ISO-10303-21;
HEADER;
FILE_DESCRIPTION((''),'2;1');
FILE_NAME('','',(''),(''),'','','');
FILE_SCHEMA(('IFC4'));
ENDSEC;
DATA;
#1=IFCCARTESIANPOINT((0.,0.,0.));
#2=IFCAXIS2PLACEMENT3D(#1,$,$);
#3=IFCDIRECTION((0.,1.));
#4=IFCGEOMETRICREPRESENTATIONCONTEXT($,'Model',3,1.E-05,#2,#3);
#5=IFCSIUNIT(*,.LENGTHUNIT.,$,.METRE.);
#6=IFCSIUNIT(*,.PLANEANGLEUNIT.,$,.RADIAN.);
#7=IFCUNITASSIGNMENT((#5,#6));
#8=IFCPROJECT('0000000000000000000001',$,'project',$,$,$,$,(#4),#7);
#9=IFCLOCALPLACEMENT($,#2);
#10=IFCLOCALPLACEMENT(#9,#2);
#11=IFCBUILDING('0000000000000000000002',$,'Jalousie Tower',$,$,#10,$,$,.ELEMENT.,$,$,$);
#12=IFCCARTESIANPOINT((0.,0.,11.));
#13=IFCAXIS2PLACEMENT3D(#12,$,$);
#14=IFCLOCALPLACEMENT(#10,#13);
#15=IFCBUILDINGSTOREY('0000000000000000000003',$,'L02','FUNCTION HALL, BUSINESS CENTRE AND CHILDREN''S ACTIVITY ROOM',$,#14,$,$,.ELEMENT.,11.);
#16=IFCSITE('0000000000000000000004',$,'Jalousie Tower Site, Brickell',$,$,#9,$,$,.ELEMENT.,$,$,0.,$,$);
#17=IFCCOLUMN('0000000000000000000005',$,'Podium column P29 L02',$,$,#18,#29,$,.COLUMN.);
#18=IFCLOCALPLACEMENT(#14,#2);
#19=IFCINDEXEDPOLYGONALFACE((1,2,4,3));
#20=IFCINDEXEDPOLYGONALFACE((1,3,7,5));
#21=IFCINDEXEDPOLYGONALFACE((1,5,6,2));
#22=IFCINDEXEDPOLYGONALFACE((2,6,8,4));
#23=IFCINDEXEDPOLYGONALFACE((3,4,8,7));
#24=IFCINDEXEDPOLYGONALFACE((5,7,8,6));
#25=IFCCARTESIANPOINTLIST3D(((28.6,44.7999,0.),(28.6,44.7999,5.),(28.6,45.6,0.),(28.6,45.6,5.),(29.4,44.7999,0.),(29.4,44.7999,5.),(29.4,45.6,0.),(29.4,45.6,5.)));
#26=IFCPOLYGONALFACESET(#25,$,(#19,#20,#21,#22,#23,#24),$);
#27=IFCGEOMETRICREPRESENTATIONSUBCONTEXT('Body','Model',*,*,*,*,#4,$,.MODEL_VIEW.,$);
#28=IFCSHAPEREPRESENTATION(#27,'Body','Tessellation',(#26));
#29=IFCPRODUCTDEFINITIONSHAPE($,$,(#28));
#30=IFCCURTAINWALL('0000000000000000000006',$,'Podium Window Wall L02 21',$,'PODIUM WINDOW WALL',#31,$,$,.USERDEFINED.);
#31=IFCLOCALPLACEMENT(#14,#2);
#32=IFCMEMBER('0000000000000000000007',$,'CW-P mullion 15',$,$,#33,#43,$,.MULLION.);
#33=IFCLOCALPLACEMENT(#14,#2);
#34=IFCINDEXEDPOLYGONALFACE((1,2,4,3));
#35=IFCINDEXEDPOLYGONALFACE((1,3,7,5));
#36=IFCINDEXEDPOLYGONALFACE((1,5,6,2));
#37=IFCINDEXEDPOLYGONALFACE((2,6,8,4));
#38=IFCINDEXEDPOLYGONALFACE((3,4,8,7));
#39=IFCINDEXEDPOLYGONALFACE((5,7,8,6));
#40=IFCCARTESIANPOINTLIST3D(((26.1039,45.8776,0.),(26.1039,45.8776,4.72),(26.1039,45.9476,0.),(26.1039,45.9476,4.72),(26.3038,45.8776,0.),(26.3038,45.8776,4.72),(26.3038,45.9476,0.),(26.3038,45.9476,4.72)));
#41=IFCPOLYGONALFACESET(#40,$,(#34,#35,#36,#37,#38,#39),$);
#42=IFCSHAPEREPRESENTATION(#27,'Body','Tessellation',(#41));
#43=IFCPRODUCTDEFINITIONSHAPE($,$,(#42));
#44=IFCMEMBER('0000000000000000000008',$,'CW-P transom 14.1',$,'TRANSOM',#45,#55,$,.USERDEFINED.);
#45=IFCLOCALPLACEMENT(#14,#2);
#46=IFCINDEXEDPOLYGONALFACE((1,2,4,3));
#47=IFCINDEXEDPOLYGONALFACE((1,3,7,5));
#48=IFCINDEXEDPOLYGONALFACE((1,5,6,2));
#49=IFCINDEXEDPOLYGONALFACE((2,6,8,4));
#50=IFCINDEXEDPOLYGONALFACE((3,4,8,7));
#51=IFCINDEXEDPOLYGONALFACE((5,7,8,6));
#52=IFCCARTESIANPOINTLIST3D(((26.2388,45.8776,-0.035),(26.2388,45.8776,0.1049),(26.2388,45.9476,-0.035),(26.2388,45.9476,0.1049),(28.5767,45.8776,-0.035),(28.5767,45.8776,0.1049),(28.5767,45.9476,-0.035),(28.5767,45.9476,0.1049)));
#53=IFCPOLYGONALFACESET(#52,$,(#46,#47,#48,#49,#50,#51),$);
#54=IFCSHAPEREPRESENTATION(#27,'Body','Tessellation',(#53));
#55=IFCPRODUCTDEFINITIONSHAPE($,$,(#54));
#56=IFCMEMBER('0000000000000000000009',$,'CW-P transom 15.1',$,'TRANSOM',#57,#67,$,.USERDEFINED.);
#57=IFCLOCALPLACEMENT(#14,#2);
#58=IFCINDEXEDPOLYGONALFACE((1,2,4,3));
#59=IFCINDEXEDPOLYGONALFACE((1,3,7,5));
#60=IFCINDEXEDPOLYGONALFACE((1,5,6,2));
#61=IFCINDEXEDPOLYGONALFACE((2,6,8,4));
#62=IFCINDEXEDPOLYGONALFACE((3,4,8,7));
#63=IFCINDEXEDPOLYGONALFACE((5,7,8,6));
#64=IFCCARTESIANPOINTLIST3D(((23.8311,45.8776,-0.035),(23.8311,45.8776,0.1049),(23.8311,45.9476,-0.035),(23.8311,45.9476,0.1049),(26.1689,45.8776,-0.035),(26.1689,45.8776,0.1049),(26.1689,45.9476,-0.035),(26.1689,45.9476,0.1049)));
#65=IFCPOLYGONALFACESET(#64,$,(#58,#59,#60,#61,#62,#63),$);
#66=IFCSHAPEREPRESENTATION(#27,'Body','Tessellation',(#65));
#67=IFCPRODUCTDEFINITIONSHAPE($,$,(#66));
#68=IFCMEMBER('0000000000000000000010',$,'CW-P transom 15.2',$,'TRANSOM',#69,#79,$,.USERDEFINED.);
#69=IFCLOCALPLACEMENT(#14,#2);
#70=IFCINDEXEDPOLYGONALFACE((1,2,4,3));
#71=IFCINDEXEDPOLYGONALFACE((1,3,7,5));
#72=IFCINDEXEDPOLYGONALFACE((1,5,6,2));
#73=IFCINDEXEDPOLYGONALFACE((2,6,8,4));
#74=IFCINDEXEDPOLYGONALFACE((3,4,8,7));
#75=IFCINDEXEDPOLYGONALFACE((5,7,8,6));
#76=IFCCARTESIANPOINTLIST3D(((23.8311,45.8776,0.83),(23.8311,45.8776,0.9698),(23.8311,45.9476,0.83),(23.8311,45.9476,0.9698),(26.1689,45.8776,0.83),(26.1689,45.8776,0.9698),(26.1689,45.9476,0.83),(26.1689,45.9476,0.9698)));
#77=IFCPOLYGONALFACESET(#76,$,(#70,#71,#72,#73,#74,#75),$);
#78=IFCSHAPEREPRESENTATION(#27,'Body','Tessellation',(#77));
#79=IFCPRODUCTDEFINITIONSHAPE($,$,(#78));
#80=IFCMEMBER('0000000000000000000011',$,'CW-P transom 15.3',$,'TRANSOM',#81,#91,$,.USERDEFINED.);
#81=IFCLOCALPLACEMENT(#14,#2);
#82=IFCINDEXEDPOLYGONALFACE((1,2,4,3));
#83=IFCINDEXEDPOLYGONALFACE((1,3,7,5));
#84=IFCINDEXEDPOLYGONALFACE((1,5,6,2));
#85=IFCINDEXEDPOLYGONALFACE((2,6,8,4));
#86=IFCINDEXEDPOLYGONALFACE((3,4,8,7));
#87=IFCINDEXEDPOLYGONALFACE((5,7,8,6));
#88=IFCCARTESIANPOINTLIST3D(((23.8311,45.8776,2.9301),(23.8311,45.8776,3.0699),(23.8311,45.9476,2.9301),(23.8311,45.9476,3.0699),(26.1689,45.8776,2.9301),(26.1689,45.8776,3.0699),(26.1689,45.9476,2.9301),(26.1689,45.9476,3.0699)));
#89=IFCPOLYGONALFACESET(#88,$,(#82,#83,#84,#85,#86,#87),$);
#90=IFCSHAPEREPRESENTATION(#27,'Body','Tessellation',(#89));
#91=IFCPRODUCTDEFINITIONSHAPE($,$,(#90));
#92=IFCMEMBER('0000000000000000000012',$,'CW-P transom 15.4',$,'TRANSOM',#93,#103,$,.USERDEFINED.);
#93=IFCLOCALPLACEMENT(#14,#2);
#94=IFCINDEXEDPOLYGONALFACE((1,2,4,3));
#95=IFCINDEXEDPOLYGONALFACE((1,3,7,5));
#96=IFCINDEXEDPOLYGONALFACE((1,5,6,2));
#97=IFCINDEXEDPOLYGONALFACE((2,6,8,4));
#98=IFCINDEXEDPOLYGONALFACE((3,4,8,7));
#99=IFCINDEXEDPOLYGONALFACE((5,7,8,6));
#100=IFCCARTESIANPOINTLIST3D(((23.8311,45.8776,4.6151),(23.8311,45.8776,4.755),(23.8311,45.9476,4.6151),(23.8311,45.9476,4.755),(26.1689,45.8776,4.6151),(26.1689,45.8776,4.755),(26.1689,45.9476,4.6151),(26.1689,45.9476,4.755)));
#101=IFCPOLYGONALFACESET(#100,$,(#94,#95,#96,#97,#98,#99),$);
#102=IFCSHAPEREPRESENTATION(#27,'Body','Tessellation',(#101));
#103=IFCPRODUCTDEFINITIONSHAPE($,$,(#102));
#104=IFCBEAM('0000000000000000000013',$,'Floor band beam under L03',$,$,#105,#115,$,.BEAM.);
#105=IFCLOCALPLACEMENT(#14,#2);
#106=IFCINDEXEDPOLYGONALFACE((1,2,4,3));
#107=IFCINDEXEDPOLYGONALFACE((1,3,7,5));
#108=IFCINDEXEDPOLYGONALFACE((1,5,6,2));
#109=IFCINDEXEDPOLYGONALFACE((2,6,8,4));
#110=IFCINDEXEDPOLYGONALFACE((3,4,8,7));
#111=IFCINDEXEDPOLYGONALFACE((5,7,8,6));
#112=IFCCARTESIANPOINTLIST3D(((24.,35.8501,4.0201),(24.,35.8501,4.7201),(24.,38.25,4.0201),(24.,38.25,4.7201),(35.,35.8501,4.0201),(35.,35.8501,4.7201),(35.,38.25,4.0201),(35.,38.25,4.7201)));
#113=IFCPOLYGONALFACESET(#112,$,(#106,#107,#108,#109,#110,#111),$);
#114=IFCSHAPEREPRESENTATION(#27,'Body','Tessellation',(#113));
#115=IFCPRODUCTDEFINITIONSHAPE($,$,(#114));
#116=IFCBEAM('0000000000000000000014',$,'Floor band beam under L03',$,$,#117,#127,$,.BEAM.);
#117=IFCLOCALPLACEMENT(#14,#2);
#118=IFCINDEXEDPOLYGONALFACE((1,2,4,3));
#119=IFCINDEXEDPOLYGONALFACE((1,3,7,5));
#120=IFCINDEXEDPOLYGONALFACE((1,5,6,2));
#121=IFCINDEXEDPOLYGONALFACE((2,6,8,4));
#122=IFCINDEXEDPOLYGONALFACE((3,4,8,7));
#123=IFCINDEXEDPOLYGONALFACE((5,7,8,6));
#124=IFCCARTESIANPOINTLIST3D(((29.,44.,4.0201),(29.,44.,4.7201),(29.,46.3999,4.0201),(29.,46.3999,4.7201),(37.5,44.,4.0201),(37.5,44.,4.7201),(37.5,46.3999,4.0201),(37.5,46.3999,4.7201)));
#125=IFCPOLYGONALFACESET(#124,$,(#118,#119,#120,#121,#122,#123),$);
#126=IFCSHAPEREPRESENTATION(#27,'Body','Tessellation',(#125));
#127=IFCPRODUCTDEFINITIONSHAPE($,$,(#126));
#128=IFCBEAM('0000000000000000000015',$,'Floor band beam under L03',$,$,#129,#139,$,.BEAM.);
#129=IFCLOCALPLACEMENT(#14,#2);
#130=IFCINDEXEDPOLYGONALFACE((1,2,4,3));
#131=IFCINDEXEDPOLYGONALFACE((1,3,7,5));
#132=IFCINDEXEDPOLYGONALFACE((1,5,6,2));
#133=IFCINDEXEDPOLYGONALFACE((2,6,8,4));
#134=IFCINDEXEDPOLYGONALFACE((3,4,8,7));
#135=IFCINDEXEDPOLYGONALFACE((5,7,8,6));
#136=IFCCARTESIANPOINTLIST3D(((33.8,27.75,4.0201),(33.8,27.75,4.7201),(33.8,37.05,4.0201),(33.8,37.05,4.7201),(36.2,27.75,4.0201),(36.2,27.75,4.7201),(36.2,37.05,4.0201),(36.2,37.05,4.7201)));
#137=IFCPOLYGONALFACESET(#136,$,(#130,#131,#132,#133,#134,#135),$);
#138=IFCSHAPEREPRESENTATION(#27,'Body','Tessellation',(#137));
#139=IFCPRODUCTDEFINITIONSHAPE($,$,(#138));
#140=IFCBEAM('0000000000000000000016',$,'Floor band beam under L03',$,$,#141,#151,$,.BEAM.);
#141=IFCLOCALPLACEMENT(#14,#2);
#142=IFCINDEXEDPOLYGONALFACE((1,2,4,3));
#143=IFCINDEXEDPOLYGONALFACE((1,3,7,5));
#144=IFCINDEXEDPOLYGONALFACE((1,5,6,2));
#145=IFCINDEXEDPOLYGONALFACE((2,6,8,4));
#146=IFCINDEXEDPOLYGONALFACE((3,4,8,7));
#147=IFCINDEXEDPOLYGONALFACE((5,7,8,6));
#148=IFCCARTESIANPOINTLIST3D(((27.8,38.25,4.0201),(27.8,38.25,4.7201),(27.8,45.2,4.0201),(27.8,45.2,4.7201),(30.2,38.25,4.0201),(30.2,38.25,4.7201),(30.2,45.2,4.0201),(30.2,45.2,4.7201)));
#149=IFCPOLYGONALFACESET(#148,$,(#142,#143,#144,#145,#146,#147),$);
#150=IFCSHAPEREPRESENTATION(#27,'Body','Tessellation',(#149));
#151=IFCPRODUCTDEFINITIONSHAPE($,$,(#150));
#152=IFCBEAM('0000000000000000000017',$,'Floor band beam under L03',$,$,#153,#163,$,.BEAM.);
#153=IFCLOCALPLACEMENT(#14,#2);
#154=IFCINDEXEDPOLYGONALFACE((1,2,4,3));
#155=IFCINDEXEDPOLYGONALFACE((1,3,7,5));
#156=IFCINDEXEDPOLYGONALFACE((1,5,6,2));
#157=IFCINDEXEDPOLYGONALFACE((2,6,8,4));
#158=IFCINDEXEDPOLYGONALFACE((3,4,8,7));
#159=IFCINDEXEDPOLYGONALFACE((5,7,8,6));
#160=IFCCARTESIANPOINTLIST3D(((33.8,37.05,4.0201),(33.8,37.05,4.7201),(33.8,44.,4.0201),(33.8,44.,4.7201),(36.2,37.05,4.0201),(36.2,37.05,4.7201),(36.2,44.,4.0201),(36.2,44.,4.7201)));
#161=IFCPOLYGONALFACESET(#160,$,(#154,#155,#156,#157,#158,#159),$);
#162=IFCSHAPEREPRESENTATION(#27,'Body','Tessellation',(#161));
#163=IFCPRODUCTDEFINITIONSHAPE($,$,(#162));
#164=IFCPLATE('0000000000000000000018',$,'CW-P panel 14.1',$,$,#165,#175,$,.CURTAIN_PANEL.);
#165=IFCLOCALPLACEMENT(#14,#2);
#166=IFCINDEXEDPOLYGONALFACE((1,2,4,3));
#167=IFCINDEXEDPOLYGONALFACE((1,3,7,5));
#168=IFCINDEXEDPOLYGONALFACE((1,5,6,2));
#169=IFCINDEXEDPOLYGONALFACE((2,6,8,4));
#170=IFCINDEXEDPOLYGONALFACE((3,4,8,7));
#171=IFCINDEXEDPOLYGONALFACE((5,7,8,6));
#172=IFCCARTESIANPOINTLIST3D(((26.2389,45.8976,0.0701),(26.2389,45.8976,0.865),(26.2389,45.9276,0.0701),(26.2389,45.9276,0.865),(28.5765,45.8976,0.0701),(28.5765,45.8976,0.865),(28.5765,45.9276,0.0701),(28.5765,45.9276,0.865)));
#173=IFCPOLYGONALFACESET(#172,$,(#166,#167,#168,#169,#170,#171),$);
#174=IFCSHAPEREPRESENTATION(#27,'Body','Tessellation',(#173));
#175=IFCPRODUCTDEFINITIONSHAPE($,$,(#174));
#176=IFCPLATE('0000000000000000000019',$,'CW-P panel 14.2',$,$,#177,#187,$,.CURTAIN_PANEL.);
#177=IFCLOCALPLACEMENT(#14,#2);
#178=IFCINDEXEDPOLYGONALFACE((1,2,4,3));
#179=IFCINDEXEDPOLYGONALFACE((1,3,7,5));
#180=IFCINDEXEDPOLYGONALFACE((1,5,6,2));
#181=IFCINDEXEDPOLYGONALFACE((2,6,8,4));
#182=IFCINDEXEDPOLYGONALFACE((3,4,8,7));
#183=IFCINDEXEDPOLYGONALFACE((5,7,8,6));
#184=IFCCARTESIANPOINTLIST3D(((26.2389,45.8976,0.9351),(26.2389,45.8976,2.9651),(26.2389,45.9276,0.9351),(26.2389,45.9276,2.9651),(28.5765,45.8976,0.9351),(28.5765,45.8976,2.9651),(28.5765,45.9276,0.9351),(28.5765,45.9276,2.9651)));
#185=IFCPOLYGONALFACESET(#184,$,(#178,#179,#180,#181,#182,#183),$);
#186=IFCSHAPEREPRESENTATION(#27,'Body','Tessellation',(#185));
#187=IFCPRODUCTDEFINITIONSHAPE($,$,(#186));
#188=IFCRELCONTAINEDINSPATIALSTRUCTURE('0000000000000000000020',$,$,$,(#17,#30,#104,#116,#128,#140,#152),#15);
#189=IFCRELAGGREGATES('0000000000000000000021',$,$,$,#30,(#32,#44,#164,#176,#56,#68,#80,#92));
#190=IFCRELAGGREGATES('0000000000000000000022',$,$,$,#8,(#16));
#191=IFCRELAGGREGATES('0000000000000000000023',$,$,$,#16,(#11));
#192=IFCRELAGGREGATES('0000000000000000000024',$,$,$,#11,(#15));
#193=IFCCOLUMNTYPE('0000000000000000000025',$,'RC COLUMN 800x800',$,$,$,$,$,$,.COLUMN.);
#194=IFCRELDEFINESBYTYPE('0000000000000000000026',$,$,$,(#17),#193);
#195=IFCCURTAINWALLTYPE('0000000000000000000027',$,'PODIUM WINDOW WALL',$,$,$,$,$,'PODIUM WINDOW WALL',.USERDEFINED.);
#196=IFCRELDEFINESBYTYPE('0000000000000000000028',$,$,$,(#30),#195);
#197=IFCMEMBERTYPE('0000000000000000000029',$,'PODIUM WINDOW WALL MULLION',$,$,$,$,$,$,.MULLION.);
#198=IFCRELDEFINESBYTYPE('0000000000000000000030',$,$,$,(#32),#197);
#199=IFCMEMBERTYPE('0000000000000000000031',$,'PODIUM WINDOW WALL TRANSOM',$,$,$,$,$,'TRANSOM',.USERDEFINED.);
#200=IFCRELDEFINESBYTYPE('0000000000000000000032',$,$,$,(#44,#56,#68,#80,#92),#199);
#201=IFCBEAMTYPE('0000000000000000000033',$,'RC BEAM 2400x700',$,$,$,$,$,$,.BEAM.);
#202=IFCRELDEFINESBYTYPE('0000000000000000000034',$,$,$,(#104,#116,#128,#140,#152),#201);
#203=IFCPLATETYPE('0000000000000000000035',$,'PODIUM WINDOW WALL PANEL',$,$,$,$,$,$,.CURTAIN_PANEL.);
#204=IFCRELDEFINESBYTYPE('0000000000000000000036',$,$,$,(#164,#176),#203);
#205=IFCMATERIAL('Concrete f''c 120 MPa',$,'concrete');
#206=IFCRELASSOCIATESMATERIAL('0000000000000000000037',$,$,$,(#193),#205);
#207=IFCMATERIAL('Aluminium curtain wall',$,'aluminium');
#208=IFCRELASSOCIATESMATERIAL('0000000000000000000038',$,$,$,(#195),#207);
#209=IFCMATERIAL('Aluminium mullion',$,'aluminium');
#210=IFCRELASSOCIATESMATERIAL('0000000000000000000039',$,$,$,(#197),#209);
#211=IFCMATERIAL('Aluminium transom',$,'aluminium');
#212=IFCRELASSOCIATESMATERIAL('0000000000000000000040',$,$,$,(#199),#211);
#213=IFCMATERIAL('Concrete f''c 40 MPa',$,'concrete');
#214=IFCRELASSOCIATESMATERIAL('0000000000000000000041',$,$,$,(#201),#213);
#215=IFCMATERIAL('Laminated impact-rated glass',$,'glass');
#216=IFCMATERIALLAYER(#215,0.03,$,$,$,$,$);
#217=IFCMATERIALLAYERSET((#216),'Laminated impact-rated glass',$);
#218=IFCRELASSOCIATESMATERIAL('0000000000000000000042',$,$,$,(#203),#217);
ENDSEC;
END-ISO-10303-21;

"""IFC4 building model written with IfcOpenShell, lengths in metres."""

from ifc_helpers import new_model, si_unit, direction, frame, origin, origin_2d, place, context, subcontext, project, spatial, rectangle, extrude, material, layer, layer_set, material_profile, profile_set, type_object, element, aggregate, save


model = new_model("IFC4")

# Units and contexts
model_context = context("Model", 3, precision=1e-05, world=origin(), true_north=direction((0.0, 1.0)))
body_context = subcontext(model_context, "Body", "Model", "MODEL_VIEW")
ifc_project = project(units=[si_unit("LENGTHUNIT", "METRE"), si_unit("PLANEANGLEUNIT", "RADIAN")], contexts=[model_context])

# Site, building, storey
site_placement = place(None, origin())
site = spatial("IfcSite", under=ifc_project, at=site_placement, Name="Jalousie Tower Site, Brickell", CompositionType="ELEMENT", RefElevation=0.0)
building_placement = place(site_placement, origin())
building = spatial("IfcBuilding", under=site, at=building_placement, Name="Jalousie Tower", CompositionType="ELEMENT")
storey_placement = place(building_placement, frame((0.0, 0.0, 11.0)))
storey = spatial("IfcBuildingStorey", under=building, at=storey_placement, Name="L02", Description="FUNCTION HALL, BUSINESS CENTRE AND CHILDREN'S ACTIVITY ROOM", CompositionType="ELEMENT", Elevation=11.0)

# Column
ifc_material_1 = material(Name="Concrete f'c 120 MPa", Category="concrete")
ifc_material_profile_1 = material_profile(ifc_material_1, rectangle(XDim=0.8, YDim=0.8, at=origin_2d()), Name="RC 800x800")
ifc_profile_set_1 = profile_set([ifc_material_profile_1], Name="Concrete f'c 120 MPa")
column_type = type_object("IfcColumnType", Name="RC COLUMN 800x800", PredefinedType="COLUMN", material=ifc_profile_set_1)
column_placement = place(storey_placement, frame((29.0, 45.2, 0.0), z_axis=(0.0, 0.0, 1.0), x_axis=(1.0, 0.0, 0.0)))
element("IfcColumn", 1, at=column_placement, inside=storey, type_object=column_type, Name="Podium column P29 L02", PredefinedType="COLUMN", context=body_context, shape_type="SweptSolid", body=[
    extrude(rectangle(XDim=0.8, YDim=0.8, at=origin_2d()), origin(), (0.0, 0.0, 1.0), 5.0),
])

# Curtain wall, members
ifc_material_2 = material(Name="Aluminium curtain wall", Category="aluminium")
curtain_wall_type = type_object("IfcCurtainWallType", Name="PODIUM WINDOW WALL", ElementType="PODIUM WINDOW WALL", PredefinedType="USERDEFINED", material=ifc_material_2)
curtain_wall_placement = place(storey_placement, origin())
curtain_wall = element("IfcCurtainWall", 2, at=curtain_wall_placement, inside=storey, type_object=curtain_wall_type, Name="Podium Window Wall L02 21", ObjectType="PODIUM WINDOW WALL", PredefinedType="USERDEFINED")
ifc_material_3 = material(Name="Aluminium mullion", Category="aluminium")
ifc_material_profile_2 = material_profile(ifc_material_3, rectangle(XDim=0.0701, YDim=0.2, at=origin_2d()), Name="MULLION 70x200")
ifc_profile_set_2 = profile_set([ifc_material_profile_2], Name="Aluminium mullion")
member_type_1 = type_object("IfcMemberType", Name="PODIUM WINDOW WALL MULLION", PredefinedType="MULLION", material=ifc_profile_set_2)
member_1_placement = place(storey_placement, frame((26.2039, 45.9126, 0.0), z_axis=(0.0, 0.0, 1.0), x_axis=(0.0, -1.0, 0.0)))
member_1 = element("IfcMember", 3, at=member_1_placement, type_object=member_type_1, Name="CW-P mullion 15", PredefinedType="MULLION", context=body_context, shape_type="SweptSolid", body=[
    extrude(rectangle(XDim=0.0701, YDim=0.2, at=origin_2d()), origin(), (0.0, 0.0, 1.0), 4.72),
])
ifc_material_4 = material(Name="Aluminium transom", Category="aluminium")
ifc_material_profile_3 = material_profile(ifc_material_4, rectangle(XDim=0.0701, YDim=0.1399, at=origin_2d()), Name="TRANSOM 70x140")
ifc_profile_set_3 = profile_set([ifc_material_profile_3], Name="Aluminium transom")
member_type_2 = type_object("IfcMemberType", Name="PODIUM WINDOW WALL TRANSOM", ElementType="TRANSOM", PredefinedType="USERDEFINED", material=ifc_profile_set_3)
member_2_placement = place(storey_placement, frame((28.5767, 45.9126, 0.0349), z_axis=(-1.0, 0.0, 0.0), x_axis=(0.0, -1.0, 0.0)))
member_2 = element("IfcMember", 4, at=member_2_placement, type_object=member_type_2, Name="CW-P transom 14.1", ObjectType="TRANSOM", PredefinedType="USERDEFINED", context=body_context, shape_type="SweptSolid", body=[
    extrude(rectangle(XDim=0.0701, YDim=0.1399, at=origin_2d()), origin(), (0.0, 0.0, 1.0), 2.3379),
])
member_3_placement = place(storey_placement, frame((26.1689, 45.9126, 0.0349), z_axis=(-1.0, 0.0, 0.0), x_axis=(0.0, -1.0, 0.0)))
member_3 = element("IfcMember", 5, at=member_3_placement, type_object=member_type_2, Name="CW-P transom 15.1", ObjectType="TRANSOM", PredefinedType="USERDEFINED", context=body_context, shape_type="SweptSolid", body=[
    extrude(rectangle(XDim=0.0701, YDim=0.1399, at=origin_2d()), origin(), (0.0, 0.0, 1.0), 2.3379),
])
member_4_placement = place(storey_placement, frame((26.1689, 45.9126, 0.8999), z_axis=(-1.0, 0.0, 0.0), x_axis=(0.0, -1.0, 0.0)))
member_4 = element("IfcMember", 6, at=member_4_placement, type_object=member_type_2, Name="CW-P transom 15.2", ObjectType="TRANSOM", PredefinedType="USERDEFINED", context=body_context, shape_type="SweptSolid", body=[
    extrude(rectangle(XDim=0.0701, YDim=0.1399, at=origin_2d()), origin(), (0.0, 0.0, 1.0), 2.3379),
])
member_5_placement = place(storey_placement, frame((26.1689, 45.9126, 3.0), z_axis=(-1.0, 0.0, 0.0), x_axis=(0.0, -1.0, 0.0)))
member_5 = element("IfcMember", 7, at=member_5_placement, type_object=member_type_2, Name="CW-P transom 15.3", ObjectType="TRANSOM", PredefinedType="USERDEFINED", context=body_context, shape_type="SweptSolid", body=[
    extrude(rectangle(XDim=0.0701, YDim=0.1399, at=origin_2d()), origin(), (0.0, 0.0, 1.0), 2.3379),
])
member_6_placement = place(storey_placement, frame((26.1689, 45.9126, 4.6851), z_axis=(-1.0, 0.0, 0.0), x_axis=(0.0, -1.0, 0.0)))
member_6 = element("IfcMember", 8, at=member_6_placement, type_object=member_type_2, Name="CW-P transom 15.4", ObjectType="TRANSOM", PredefinedType="USERDEFINED", context=body_context, shape_type="SweptSolid", body=[
    extrude(rectangle(XDim=0.0701, YDim=0.1399, at=origin_2d()), origin(), (0.0, 0.0, 1.0), 2.3379),
])

# Beams
ifc_material_5 = material(Name="Concrete f'c 40 MPa", Category="concrete")
ifc_material_profile_4 = material_profile(ifc_material_5, rectangle(XDim=2.3999, YDim=0.7, at=origin_2d()), Name="RC 2400x700")
ifc_profile_set_4 = profile_set([ifc_material_profile_4], Name="Concrete f'c 40 MPa")
beam_type = type_object("IfcBeamType", Name="RC BEAM 2400x700", PredefinedType="BEAM", material=ifc_profile_set_4)
beam_1_placement = place(storey_placement, frame((35.0, 37.05, 4.3701), z_axis=(-1.0, 0.0, 0.0), x_axis=(0.0, -1.0, 0.0)))
element("IfcBeam", 9, at=beam_1_placement, inside=storey, type_object=beam_type, Name="Floor band beam under L03", PredefinedType="BEAM", context=body_context, shape_type="SweptSolid", body=[
    extrude(rectangle(XDim=2.3999, YDim=0.7, at=origin_2d()), origin(), (0.0, 0.0, 1.0), 11.0),
])
beam_2_placement = place(storey_placement, frame((29.0, 45.2, 4.3701), z_axis=(1.0, 0.0, 0.0), x_axis=(0.0, 1.0, 0.0)))
element("IfcBeam", 10, at=beam_2_placement, inside=storey, type_object=beam_type, Name="Floor band beam under L03", PredefinedType="BEAM", context=body_context, shape_type="SweptSolid", body=[
    extrude(rectangle(XDim=2.3999, YDim=0.7, at=origin_2d()), origin(), (0.0, 0.0, 1.0), 8.5),
])
beam_3_placement = place(storey_placement, frame((35.0, 37.05, 4.3701), z_axis=(0.0, -1.0, 0.0), x_axis=(1.0, 0.0, 0.0)))
element("IfcBeam", 11, at=beam_3_placement, inside=storey, type_object=beam_type, Name="Floor band beam under L03", PredefinedType="BEAM", context=body_context, shape_type="SweptSolid", body=[
    extrude(rectangle(XDim=2.3999, YDim=0.7, at=origin_2d()), origin(), (0.0, 0.0, 1.0), 9.3),
])
for number, where, z_axis, x_axis, name in (
    (12, (29.0, 45.2, 4.3701), (0.0, -1.0, 0.0), (1.0, 0.0, 0.0), "Floor band beam under L03"),
    (13, (35.0, 37.05, 4.3701), (0.0, 1.0, 0.0), (-1.0, 0.0, 0.0), "Floor band beam under L03"),
):
    element("IfcBeam", number, at=place(storey_placement, frame(where, z_axis=z_axis, x_axis=x_axis)), inside=storey, type_object=beam_type, Name=name, PredefinedType="BEAM", context=body_context, shape_type="SweptSolid", body=[
        extrude(rectangle(XDim=2.3999, YDim=0.7, at=origin_2d()), origin(), (0.0, 0.0, 1.0), 6.95),
    ])

# Plates
ifc_material_6 = material(Name="Laminated impact-rated glass", Category="glass")
ifc_layer_1 = layer(ifc_material_6, 0.03)
ifc_layer_set_1 = layer_set([ifc_layer_1], Name="Laminated impact-rated glass")
plate_type = type_object("IfcPlateType", Name="PODIUM WINDOW WALL PANEL", PredefinedType="CURTAIN_PANEL", material=ifc_layer_set_1)
plate_1_placement = place(storey_placement, frame((27.4077, 45.9126, 0.0701), z_axis=(0.0, 0.0, 1.0), x_axis=(-1.0, 0.0, 0.0)))
plate_1 = element("IfcPlate", 14, at=plate_1_placement, type_object=plate_type, Name="CW-P panel 14.1", PredefinedType="CURTAIN_PANEL", context=body_context, shape_type="SweptSolid", body=[
    extrude(rectangle(XDim=2.3376, YDim=0.03, at=origin_2d()), origin(), (0.0, 0.0, 1.0), 0.7949),
])
plate_2_placement = place(storey_placement, frame((27.4077, 45.9126, 0.9351), z_axis=(0.0, 0.0, 1.0), x_axis=(-1.0, 0.0, 0.0)))
plate_2 = element("IfcPlate", 15, at=plate_2_placement, type_object=plate_type, Name="CW-P panel 14.2", PredefinedType="CURTAIN_PANEL", context=body_context, shape_type="SweptSolid", body=[
    extrude(rectangle(XDim=2.3376, YDim=0.03, at=origin_2d()), origin(), (0.0, 0.0, 1.0), 2.03),
])
aggregate(curtain_wall, [member_1, member_2, plate_1, plate_2, member_3, member_4, member_5, member_6])

save(model, "model.ifc")
